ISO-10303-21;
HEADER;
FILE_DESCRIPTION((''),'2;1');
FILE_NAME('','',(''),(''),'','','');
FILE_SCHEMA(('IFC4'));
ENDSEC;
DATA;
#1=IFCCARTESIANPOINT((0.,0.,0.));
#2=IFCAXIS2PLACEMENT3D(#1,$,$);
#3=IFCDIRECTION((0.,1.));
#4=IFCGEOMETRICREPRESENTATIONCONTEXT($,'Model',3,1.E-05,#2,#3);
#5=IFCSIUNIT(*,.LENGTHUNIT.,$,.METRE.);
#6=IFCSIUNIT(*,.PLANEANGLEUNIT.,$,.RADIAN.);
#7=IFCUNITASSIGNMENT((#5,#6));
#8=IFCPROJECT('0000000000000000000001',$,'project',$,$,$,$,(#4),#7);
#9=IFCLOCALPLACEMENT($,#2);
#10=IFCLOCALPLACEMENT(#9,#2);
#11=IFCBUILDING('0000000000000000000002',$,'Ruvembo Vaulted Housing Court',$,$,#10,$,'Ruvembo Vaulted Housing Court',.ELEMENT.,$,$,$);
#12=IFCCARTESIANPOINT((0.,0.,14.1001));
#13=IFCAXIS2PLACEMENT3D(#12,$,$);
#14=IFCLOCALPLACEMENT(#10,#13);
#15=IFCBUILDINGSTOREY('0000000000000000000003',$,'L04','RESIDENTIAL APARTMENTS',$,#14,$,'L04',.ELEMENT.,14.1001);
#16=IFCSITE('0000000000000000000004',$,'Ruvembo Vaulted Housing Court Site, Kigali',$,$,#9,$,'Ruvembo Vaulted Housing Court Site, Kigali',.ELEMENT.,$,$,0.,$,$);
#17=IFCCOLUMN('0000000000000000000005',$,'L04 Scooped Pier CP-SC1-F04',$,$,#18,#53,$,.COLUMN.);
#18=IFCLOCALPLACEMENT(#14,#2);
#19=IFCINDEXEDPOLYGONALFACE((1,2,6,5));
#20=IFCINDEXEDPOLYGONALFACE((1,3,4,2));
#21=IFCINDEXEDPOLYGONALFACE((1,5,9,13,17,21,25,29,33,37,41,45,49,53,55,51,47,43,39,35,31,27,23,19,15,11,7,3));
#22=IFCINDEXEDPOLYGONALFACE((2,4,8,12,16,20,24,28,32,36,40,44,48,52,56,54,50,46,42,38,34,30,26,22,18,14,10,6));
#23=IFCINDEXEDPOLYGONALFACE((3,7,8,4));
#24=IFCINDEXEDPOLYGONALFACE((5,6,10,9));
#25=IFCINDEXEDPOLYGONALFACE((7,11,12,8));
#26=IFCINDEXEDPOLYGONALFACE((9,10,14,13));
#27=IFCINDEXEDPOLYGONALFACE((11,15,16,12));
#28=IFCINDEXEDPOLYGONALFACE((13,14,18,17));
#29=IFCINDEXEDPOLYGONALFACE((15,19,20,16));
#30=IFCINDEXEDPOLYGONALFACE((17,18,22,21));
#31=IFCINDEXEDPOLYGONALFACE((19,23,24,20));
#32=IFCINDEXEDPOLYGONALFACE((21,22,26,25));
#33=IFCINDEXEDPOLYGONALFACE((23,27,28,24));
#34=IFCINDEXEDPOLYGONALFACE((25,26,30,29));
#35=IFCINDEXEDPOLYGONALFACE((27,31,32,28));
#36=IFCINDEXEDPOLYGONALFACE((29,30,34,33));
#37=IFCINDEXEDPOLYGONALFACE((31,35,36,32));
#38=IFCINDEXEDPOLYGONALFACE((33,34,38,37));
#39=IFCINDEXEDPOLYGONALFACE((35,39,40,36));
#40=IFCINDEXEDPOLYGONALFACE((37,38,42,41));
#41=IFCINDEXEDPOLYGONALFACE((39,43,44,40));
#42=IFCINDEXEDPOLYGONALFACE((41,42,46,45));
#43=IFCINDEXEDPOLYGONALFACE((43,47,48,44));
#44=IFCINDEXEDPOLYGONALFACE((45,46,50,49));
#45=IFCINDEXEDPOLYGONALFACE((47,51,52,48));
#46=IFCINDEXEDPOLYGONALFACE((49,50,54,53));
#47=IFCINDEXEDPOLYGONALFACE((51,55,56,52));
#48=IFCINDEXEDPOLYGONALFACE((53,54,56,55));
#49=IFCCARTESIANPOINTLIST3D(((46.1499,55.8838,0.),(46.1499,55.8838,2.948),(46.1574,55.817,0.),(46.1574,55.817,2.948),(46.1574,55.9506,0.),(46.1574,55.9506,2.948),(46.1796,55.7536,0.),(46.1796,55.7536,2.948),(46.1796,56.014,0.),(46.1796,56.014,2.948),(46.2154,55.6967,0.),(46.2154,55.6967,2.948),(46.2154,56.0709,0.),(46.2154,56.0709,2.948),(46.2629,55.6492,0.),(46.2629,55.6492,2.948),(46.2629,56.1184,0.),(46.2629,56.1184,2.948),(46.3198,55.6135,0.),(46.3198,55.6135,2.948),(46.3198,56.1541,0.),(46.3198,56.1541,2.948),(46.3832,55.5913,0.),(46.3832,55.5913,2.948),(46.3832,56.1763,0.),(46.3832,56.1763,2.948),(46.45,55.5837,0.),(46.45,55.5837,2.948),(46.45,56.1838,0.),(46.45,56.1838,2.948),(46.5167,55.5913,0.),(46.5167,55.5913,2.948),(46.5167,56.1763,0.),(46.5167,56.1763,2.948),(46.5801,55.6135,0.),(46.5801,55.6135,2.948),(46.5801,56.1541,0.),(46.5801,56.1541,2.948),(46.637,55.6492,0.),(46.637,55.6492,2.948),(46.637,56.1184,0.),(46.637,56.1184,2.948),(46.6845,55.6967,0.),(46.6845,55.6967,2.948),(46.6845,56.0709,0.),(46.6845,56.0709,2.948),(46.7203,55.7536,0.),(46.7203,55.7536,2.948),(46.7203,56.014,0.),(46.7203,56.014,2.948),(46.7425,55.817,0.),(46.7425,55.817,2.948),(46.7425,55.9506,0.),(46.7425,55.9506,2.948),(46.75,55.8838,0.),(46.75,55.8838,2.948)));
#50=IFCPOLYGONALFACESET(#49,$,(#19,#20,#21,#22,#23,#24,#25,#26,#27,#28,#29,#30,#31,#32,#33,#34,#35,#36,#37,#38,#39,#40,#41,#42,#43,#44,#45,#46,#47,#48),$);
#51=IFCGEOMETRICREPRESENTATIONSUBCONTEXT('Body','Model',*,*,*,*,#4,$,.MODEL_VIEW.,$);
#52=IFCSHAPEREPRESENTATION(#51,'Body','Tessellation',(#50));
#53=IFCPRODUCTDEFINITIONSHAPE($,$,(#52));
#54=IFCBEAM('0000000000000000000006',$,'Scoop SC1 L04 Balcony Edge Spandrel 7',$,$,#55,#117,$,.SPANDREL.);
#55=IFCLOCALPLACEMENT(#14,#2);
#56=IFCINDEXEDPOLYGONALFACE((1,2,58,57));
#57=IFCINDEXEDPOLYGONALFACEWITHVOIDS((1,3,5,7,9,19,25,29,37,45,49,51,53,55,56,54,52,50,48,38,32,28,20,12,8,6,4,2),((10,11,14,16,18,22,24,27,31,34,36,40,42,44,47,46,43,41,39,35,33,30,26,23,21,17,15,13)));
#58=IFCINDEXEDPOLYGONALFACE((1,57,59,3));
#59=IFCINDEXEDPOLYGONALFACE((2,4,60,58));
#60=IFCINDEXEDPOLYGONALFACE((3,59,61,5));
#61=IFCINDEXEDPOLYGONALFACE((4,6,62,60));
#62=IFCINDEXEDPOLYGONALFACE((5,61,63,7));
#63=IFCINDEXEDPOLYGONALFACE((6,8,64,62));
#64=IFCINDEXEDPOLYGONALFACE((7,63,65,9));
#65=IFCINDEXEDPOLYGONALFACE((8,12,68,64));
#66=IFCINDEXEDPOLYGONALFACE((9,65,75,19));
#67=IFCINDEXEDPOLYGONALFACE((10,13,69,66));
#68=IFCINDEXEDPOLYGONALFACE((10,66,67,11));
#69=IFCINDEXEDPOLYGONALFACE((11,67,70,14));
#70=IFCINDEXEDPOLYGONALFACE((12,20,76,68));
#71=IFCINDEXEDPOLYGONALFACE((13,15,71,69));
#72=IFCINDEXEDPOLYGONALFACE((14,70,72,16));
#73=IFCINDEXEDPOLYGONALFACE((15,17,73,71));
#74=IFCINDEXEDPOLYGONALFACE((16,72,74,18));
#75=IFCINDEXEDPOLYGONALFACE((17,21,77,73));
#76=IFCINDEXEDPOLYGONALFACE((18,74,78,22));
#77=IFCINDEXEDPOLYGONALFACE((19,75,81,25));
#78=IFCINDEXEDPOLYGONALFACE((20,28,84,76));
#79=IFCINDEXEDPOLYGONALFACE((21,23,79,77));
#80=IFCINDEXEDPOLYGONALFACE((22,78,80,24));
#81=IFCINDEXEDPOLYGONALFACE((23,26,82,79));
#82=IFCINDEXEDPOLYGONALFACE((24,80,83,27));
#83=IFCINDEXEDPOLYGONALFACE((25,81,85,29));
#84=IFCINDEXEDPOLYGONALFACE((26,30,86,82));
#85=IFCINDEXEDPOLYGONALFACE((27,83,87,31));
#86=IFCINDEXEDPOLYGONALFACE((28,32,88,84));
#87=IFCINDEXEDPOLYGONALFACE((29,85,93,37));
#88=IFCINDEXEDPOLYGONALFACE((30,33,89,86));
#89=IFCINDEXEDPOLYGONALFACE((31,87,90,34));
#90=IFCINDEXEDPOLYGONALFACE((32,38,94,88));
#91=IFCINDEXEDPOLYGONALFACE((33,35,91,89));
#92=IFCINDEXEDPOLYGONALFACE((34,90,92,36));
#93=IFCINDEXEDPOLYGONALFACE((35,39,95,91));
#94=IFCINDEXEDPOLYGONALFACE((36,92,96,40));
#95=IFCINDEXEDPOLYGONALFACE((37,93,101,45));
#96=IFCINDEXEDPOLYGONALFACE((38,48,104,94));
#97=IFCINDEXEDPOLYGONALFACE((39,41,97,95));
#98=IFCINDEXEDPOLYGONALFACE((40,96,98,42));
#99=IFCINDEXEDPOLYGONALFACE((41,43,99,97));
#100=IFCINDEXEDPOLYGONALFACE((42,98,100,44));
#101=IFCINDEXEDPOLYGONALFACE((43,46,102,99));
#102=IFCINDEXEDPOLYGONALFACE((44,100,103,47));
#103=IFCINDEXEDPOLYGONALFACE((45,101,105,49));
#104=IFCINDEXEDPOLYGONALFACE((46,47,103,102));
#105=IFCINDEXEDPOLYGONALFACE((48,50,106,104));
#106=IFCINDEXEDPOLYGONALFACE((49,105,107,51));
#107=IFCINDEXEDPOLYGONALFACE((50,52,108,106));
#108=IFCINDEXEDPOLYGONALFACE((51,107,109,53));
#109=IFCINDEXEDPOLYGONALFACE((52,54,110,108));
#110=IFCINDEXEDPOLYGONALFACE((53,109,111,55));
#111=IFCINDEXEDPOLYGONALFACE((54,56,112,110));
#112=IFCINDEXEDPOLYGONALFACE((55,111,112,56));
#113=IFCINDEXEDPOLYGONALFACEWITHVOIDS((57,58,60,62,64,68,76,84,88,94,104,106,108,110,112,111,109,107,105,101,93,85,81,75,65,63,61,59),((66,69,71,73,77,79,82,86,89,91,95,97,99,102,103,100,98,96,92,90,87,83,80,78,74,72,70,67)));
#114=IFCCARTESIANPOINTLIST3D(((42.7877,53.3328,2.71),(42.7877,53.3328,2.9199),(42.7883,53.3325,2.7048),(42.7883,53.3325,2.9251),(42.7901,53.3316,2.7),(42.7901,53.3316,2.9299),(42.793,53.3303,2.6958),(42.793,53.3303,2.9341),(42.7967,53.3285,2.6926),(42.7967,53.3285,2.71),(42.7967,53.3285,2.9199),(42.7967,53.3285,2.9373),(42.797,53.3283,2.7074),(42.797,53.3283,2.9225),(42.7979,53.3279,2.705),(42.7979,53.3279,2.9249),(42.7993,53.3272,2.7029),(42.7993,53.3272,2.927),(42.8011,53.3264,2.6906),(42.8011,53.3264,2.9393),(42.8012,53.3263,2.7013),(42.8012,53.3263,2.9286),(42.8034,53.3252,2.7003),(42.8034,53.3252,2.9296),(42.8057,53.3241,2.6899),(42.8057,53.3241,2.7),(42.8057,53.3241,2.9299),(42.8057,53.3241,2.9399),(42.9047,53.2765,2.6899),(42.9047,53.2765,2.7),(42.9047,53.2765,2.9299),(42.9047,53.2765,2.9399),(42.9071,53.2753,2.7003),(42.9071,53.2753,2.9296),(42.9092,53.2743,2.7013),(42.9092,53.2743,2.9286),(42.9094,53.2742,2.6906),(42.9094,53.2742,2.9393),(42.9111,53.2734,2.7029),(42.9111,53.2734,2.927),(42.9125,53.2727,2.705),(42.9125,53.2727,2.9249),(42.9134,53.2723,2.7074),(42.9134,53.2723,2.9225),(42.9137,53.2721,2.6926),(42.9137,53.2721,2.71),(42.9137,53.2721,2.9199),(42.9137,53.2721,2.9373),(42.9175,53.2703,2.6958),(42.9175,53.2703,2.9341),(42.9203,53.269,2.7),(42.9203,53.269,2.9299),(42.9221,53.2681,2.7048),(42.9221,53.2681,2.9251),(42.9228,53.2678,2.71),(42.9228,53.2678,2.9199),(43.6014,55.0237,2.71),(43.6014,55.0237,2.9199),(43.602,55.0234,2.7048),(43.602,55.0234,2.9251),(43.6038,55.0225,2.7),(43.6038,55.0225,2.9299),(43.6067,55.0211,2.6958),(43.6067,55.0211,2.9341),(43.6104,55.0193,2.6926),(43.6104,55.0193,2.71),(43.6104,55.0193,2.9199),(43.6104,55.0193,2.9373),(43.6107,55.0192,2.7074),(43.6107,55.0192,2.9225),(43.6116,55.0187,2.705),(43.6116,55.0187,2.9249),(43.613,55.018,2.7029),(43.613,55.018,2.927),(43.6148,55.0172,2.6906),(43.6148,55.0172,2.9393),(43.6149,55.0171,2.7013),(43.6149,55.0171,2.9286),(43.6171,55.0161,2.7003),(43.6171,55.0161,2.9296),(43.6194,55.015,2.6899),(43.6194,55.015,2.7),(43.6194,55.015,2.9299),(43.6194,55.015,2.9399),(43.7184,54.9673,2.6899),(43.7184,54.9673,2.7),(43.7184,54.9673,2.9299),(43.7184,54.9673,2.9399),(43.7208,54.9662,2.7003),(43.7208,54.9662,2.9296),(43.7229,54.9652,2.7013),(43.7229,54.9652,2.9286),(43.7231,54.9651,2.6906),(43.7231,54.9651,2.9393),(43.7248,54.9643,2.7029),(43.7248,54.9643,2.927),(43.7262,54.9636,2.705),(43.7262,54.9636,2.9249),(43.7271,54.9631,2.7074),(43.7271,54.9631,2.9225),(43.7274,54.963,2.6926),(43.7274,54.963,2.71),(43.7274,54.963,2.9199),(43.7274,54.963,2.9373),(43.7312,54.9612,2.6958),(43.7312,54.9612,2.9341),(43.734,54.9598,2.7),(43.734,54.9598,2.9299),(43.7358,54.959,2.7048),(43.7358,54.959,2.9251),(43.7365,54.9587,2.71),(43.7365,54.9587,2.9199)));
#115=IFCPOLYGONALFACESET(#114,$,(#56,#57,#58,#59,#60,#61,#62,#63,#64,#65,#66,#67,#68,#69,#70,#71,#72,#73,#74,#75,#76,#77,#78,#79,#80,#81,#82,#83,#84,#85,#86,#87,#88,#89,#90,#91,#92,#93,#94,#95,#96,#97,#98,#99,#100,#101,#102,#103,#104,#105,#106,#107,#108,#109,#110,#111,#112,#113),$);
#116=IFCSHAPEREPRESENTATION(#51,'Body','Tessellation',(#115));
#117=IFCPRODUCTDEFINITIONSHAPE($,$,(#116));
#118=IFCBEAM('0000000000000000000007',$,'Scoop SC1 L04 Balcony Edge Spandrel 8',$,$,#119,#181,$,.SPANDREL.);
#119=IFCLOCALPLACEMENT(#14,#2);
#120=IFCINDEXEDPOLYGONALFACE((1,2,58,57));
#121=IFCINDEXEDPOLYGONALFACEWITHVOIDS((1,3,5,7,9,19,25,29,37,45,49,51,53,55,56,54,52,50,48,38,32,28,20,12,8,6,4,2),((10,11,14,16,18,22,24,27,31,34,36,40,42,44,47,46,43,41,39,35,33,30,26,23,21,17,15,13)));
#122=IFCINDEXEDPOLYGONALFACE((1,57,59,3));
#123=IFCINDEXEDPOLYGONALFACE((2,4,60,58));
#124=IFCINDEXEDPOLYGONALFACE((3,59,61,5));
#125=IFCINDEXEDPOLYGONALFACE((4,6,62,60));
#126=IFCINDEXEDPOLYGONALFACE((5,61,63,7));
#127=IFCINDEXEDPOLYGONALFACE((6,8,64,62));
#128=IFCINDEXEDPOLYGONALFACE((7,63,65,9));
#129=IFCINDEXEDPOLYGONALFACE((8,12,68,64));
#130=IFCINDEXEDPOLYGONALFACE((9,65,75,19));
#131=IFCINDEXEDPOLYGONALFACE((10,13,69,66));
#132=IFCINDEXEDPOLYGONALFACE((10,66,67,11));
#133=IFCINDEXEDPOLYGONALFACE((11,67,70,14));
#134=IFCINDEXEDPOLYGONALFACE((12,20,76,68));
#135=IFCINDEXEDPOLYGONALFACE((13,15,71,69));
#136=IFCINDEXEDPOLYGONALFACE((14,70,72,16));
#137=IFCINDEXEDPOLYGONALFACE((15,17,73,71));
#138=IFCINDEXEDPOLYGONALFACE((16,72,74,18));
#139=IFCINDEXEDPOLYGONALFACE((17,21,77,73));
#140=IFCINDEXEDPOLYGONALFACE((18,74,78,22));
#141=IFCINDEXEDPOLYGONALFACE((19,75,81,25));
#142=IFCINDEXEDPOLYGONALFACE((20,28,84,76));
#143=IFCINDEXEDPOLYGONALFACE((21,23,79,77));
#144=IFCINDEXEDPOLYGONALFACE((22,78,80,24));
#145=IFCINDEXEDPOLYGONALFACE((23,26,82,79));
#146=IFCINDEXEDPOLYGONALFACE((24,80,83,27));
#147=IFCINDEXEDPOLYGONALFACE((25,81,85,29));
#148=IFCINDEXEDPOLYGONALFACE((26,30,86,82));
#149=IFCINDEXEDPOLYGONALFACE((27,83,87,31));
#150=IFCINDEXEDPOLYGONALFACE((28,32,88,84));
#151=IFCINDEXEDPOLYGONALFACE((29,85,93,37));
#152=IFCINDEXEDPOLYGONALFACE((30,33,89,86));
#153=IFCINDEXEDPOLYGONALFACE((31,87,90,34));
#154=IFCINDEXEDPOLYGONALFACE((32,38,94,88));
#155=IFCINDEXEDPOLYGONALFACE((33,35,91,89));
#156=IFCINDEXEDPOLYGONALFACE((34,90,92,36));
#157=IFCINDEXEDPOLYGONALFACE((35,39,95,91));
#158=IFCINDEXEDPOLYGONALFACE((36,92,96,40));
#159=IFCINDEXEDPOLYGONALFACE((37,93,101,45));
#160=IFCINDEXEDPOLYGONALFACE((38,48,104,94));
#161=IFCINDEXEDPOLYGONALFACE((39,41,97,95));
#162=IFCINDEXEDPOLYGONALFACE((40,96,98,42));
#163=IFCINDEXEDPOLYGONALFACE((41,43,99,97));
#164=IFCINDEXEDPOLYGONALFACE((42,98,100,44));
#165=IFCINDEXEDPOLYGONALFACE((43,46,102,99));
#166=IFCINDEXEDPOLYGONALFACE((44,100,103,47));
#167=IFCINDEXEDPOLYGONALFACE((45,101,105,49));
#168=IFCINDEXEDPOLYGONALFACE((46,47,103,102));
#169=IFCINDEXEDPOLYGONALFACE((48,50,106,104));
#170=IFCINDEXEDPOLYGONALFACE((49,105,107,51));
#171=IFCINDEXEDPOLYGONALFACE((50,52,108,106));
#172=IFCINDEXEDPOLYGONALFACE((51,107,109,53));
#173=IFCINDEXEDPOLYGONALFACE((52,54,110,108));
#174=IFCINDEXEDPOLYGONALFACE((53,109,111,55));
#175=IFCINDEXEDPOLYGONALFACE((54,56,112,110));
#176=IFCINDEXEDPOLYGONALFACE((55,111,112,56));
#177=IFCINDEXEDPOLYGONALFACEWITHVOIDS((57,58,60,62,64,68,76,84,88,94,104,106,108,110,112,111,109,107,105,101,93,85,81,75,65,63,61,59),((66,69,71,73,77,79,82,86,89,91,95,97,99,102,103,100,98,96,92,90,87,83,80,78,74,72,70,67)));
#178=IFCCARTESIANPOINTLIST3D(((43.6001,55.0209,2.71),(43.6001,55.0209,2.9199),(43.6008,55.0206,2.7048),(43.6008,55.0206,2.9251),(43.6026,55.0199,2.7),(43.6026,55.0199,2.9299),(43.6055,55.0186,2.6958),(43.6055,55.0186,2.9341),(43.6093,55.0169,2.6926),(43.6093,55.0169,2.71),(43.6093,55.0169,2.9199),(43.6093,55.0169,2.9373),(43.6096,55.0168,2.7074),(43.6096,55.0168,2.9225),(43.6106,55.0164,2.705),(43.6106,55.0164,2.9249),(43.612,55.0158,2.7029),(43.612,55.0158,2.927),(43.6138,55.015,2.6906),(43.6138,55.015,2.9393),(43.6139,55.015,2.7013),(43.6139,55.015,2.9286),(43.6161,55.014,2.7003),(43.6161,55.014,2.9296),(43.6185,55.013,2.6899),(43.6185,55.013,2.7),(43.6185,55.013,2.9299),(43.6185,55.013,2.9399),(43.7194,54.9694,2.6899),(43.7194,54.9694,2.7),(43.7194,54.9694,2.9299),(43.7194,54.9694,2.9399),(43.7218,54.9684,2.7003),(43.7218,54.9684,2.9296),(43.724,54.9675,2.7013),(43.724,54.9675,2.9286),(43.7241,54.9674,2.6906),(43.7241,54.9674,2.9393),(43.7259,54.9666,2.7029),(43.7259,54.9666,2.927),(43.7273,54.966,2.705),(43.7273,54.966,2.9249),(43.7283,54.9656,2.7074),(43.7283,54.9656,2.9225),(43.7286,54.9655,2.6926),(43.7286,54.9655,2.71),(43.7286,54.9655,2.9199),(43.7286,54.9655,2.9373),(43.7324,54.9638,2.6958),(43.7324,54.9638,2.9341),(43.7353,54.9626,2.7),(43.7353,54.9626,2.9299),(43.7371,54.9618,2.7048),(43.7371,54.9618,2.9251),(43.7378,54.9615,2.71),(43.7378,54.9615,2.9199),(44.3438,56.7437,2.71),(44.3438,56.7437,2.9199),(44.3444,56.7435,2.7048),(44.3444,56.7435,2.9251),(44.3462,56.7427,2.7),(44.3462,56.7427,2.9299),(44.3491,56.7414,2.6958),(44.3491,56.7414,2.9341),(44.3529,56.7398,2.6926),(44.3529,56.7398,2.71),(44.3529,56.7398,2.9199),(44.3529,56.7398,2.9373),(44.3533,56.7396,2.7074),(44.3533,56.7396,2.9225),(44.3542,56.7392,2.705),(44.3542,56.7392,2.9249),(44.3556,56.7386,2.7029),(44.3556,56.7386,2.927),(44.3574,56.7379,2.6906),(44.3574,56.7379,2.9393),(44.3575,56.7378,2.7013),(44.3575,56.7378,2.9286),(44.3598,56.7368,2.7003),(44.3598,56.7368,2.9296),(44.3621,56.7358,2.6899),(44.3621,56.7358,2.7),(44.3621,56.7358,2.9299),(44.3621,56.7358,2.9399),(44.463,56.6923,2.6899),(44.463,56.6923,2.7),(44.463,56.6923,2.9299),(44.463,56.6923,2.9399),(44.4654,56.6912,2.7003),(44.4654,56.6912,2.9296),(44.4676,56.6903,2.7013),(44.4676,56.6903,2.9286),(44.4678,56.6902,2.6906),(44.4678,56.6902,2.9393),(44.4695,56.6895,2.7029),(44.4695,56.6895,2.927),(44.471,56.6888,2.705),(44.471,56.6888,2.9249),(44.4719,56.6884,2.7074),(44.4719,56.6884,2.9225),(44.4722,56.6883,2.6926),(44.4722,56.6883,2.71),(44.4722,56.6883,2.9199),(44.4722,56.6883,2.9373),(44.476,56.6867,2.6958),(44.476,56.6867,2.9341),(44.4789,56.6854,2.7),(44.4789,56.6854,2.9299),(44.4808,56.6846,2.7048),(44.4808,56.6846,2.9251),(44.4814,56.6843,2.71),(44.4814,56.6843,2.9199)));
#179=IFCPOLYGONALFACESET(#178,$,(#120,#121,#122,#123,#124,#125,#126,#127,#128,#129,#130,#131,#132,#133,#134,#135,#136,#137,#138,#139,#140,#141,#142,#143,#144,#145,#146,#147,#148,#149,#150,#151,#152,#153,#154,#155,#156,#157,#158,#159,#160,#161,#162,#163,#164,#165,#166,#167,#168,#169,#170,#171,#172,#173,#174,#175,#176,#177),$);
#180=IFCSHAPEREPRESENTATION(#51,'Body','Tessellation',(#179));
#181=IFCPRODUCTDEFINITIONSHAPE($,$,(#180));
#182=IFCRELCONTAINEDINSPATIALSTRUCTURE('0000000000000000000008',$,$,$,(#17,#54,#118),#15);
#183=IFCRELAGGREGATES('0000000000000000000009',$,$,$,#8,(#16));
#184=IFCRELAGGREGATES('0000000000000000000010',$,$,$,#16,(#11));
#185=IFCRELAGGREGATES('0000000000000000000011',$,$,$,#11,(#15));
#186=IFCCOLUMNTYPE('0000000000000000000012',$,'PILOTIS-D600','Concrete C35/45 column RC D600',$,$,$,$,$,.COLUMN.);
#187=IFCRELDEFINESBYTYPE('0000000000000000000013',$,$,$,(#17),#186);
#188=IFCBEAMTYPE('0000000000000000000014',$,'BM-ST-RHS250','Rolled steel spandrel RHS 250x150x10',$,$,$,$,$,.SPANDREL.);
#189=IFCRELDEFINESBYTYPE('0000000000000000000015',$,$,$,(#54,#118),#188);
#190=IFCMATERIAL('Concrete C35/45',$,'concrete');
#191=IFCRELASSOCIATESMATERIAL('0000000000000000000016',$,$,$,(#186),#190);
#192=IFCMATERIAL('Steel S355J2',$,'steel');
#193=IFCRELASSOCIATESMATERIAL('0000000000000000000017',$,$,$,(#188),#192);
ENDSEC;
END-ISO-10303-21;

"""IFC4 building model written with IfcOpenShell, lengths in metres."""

from ifc_helpers import new_model, si_unit, direction, frame, origin, origin_2d, place, context, subcontext, project, spatial, hollow_rectangle, circle, extrude, material, material_profile, profile_set, type_object, element, save


model = new_model("IFC4")

# Units and contexts
model_context = context("Model", 3, precision=1e-05, world=origin(), true_north=direction((0.0, 1.0)))
body_context = subcontext(model_context, "Body", "Model", "MODEL_VIEW")
ifc_project = project(units=[si_unit("LENGTHUNIT", "METRE"), si_unit("PLANEANGLEUNIT", "RADIAN")], contexts=[model_context])

# Site, building, storey
site_placement = place(None, origin())
site = spatial("IfcSite", under=ifc_project, at=site_placement, Name="Ruvembo Vaulted Housing Court Site, Kigali", LongName="Ruvembo Vaulted Housing Court Site, Kigali", CompositionType="ELEMENT", RefElevation=0.0)
building_placement = place(site_placement, origin())
building = spatial("IfcBuilding", under=site, at=building_placement, Name="Ruvembo Vaulted Housing Court", LongName="Ruvembo Vaulted Housing Court", CompositionType="ELEMENT")
storey_placement = place(building_placement, frame((0.0, 0.0, 14.1001)))
storey = spatial("IfcBuildingStorey", under=building, at=storey_placement, Name="L04", Description="RESIDENTIAL APARTMENTS", LongName="L04", CompositionType="ELEMENT", Elevation=14.1001)

# Column
ifc_material_1 = material(Name="Concrete C35/45", Category="concrete")
ifc_material_profile_1 = material_profile(ifc_material_1, circle(Radius=0.3, at=origin_2d()), Name="RC D600")
ifc_profile_set_1 = profile_set([ifc_material_profile_1], Name="Concrete C35/45")
column_type = type_object("IfcColumnType", Name="PILOTIS-D600", Description="Concrete C35/45 column RC D600", PredefinedType="COLUMN", material=ifc_profile_set_1)
column_placement = place(storey_placement, frame((46.45, 55.8838, 0.0), z_axis=(0.0, 0.0, 1.0), x_axis=(1.0, 0.0, 0.0)))
element("IfcColumn", 1, at=column_placement, inside=storey, type_object=column_type, Name="L04 Scooped Pier CP-SC1-F04", PredefinedType="COLUMN", context=body_context, shape_type="SweptSolid", body=[
    extrude(circle(Radius=0.3, at=origin_2d()), origin(), (0.0, 0.0, 1.0), 2.948),
])

# Beams
ifc_material_2 = material(Name="Steel S355J2", Category="steel")
ifc_material_profile_2 = material_profile(ifc_material_2, hollow_rectangle(XDim=0.1499, YDim=0.25, WallThickness=0.01, InnerFilletRadius=0.01, OuterFilletRadius=0.02, at=origin_2d()), Name="RHS 250x150x10")
ifc_profile_set_2 = profile_set([ifc_material_profile_2], Name="Steel S355J2")
beam_type = type_object("IfcBeamType", Name="BM-ST-RHS250", Description="Rolled steel spandrel RHS 250x150x10", PredefinedType="SPANDREL", material=ifc_profile_set_2)
for number, where, z_axis, x_axis, name in (
    (2, (42.8552, 53.3003, 2.8149), (0.433632, 0.90109, 0.0), (-0.90109, 0.433632, 0.0), "Scoop SC1 L04 Balcony Edge Spandrel 7"),
    (3, (43.6689, 54.9912, 2.8149), (0.396289, 0.918126, 0.0), (-0.918126, 0.396289, 0.0), "Scoop SC1 L04 Balcony Edge Spandrel 8"),
):
    element("IfcBeam", number, at=place(storey_placement, frame(where, z_axis=z_axis, x_axis=x_axis)), inside=storey, type_object=beam_type, Name=name, PredefinedType="SPANDREL", context=body_context, shape_type="SweptSolid", body=[
        extrude(hollow_rectangle(XDim=0.1499, YDim=0.25, WallThickness=0.01, InnerFilletRadius=0.01, OuterFilletRadius=0.02, at=origin_2d()), origin(), (0.0, 0.0, 1.0), 1.8765),
    ])

save(model, "model.ifc")
